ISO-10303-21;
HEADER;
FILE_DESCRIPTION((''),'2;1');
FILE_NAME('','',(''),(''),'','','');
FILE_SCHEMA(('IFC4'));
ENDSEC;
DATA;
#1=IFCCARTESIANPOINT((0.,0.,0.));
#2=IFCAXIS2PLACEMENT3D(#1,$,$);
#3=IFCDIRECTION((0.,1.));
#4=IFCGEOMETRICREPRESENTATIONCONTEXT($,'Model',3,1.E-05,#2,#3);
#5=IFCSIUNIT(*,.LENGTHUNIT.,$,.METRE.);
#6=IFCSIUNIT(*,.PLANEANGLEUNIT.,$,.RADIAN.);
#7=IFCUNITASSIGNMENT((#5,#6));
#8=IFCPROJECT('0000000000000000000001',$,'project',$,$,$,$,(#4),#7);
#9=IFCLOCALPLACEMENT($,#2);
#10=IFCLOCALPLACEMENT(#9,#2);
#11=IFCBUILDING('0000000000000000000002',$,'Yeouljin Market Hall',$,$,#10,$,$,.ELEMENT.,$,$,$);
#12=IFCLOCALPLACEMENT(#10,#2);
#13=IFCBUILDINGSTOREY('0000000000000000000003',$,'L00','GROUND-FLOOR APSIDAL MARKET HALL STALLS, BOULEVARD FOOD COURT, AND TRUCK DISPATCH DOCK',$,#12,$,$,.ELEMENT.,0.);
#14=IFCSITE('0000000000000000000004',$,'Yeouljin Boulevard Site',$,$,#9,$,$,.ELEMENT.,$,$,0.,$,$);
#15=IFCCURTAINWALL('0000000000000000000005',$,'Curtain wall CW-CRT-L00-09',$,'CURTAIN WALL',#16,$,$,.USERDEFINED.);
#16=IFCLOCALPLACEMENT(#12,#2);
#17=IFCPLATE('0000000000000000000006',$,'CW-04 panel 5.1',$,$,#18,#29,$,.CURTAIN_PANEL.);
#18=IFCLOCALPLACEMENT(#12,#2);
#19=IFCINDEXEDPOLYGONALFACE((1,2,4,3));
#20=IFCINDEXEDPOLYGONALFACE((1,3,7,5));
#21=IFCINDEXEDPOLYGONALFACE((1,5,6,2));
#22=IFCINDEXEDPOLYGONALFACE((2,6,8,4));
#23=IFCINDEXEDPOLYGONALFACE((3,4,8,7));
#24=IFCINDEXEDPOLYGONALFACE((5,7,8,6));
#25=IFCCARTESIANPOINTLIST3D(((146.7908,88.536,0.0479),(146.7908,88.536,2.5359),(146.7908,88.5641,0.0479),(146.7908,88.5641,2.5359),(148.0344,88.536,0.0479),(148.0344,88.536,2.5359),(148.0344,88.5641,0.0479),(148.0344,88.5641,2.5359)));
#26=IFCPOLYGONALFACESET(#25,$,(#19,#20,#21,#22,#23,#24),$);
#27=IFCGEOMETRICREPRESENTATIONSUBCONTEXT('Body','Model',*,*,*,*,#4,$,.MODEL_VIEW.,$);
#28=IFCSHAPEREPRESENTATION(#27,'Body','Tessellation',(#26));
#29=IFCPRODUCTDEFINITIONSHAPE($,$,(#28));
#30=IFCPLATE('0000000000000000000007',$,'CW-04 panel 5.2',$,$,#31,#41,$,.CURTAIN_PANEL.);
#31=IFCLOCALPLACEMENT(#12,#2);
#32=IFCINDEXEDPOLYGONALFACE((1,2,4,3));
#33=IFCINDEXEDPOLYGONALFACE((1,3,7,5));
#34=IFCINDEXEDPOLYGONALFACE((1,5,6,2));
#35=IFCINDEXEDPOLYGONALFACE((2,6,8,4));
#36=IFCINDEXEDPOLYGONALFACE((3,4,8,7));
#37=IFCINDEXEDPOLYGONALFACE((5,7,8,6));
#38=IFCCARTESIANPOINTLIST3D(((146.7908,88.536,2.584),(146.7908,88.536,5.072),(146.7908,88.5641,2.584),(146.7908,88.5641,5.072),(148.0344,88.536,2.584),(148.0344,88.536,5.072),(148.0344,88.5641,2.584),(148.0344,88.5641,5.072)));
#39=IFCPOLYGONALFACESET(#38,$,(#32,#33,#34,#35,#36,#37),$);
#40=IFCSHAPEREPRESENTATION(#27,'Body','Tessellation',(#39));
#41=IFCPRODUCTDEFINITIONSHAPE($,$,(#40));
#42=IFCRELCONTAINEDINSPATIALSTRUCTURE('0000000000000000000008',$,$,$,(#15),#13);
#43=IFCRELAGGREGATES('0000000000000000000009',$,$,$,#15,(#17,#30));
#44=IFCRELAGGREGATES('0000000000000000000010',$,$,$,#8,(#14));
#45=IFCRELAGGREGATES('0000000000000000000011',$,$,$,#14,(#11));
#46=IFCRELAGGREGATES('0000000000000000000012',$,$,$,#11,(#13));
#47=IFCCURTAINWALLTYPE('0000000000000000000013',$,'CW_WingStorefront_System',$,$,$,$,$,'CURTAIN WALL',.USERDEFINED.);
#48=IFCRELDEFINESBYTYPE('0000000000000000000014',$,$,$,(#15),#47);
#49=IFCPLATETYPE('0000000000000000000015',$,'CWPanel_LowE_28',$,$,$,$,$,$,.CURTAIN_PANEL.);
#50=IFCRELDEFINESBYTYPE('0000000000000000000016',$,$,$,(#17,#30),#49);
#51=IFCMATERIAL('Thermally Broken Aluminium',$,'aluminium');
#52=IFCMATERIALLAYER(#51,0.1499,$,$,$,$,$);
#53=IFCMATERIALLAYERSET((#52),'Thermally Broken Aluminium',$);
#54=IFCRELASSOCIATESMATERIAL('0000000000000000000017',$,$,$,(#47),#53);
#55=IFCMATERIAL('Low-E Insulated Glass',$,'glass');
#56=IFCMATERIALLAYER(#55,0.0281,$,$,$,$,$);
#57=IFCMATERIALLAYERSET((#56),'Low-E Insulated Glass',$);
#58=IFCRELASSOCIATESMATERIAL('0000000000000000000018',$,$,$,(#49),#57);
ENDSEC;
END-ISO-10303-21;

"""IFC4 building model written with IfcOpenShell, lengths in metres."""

from ifc_helpers import new_model, si_unit, direction, frame, origin, origin_2d, place, context, subcontext, project, spatial, rectangle, extrude, material, layer, layer_set, type_object, element, aggregate, save


model = new_model("IFC4")

# Units and contexts
model_context = context("Model", 3, precision=1e-05, world=origin(), true_north=direction((0.0, 1.0)))
body_context = subcontext(model_context, "Body", "Model", "MODEL_VIEW")
ifc_project = project(units=[si_unit("LENGTHUNIT", "METRE"), si_unit("PLANEANGLEUNIT", "RADIAN")], contexts=[model_context])

# Site, building, storey
site_placement = place(None, origin())
site = spatial("IfcSite", under=ifc_project, at=site_placement, Name="Yeouljin Boulevard Site", CompositionType="ELEMENT", RefElevation=0.0)
building_placement = place(site_placement, origin())
building = spatial("IfcBuilding", under=site, at=building_placement, Name="Yeouljin Market Hall", CompositionType="ELEMENT")
storey_placement = place(building_placement, origin())
storey = spatial("IfcBuildingStorey", under=building, at=storey_placement, Name="L00", Description="GROUND-FLOOR APSIDAL MARKET HALL STALLS, BOULEVARD FOOD COURT, AND TRUCK DISPATCH DOCK", CompositionType="ELEMENT", Elevation=0.0)

# Curtain wall, plates
ifc_material_1 = material(Name="Thermally Broken Aluminium", Category="aluminium")
ifc_layer_1 = layer(ifc_material_1, 0.1499)
ifc_layer_set_1 = layer_set([ifc_layer_1], Name="Thermally Broken Aluminium")
curtain_wall_type = type_object("IfcCurtainWallType", Name="CW_WingStorefront_System", ElementType="CURTAIN WALL", PredefinedType="USERDEFINED", material=ifc_layer_set_1)
curtain_wall_placement = place(storey_placement, origin())
curtain_wall = element("IfcCurtainWall", 1, at=curtain_wall_placement, inside=storey, type_object=curtain_wall_type, Name="Curtain wall CW-CRT-L00-09", ObjectType="CURTAIN WALL", PredefinedType="USERDEFINED")
ifc_material_2 = material(Name="Low-E Insulated Glass", Category="glass")
ifc_layer_2 = layer(ifc_material_2, 0.0281)
ifc_layer_set_2 = layer_set([ifc_layer_2], Name="Low-E Insulated Glass")
plate_type = type_object("IfcPlateType", Name="CWPanel_LowE_28", PredefinedType="CURTAIN_PANEL", material=ifc_layer_set_2)
plate_1_placement = place(storey_placement, frame((147.4126, 88.55, 0.0479), z_axis=(0.0, 0.0, 1.0), x_axis=(1.0, 0.0, 0.0)))
plate_1 = element("IfcPlate", 2, at=plate_1_placement, type_object=plate_type, Name="CW-04 panel 5.1", PredefinedType="CURTAIN_PANEL", context=body_context, shape_type="SweptSolid", body=[
    extrude(rectangle(XDim=1.2437, YDim=0.0281, at=origin_2d()), origin(), (0.0, 0.0, 1.0), 2.488),
])
plate_2_placement = place(storey_placement, frame((147.4126, 88.55, 2.584), z_axis=(0.0, 0.0, 1.0), x_axis=(1.0, 0.0, 0.0)))
plate_2 = element("IfcPlate", 3, at=plate_2_placement, type_object=plate_type, Name="CW-04 panel 5.2", PredefinedType="CURTAIN_PANEL", context=body_context, shape_type="SweptSolid", body=[
    extrude(rectangle(XDim=1.2437, YDim=0.0281, at=origin_2d()), origin(), (0.0, 0.0, 1.0), 2.488),
])
aggregate(curtain_wall, [plate_1, plate_2])

save(model, "model.ifc")
